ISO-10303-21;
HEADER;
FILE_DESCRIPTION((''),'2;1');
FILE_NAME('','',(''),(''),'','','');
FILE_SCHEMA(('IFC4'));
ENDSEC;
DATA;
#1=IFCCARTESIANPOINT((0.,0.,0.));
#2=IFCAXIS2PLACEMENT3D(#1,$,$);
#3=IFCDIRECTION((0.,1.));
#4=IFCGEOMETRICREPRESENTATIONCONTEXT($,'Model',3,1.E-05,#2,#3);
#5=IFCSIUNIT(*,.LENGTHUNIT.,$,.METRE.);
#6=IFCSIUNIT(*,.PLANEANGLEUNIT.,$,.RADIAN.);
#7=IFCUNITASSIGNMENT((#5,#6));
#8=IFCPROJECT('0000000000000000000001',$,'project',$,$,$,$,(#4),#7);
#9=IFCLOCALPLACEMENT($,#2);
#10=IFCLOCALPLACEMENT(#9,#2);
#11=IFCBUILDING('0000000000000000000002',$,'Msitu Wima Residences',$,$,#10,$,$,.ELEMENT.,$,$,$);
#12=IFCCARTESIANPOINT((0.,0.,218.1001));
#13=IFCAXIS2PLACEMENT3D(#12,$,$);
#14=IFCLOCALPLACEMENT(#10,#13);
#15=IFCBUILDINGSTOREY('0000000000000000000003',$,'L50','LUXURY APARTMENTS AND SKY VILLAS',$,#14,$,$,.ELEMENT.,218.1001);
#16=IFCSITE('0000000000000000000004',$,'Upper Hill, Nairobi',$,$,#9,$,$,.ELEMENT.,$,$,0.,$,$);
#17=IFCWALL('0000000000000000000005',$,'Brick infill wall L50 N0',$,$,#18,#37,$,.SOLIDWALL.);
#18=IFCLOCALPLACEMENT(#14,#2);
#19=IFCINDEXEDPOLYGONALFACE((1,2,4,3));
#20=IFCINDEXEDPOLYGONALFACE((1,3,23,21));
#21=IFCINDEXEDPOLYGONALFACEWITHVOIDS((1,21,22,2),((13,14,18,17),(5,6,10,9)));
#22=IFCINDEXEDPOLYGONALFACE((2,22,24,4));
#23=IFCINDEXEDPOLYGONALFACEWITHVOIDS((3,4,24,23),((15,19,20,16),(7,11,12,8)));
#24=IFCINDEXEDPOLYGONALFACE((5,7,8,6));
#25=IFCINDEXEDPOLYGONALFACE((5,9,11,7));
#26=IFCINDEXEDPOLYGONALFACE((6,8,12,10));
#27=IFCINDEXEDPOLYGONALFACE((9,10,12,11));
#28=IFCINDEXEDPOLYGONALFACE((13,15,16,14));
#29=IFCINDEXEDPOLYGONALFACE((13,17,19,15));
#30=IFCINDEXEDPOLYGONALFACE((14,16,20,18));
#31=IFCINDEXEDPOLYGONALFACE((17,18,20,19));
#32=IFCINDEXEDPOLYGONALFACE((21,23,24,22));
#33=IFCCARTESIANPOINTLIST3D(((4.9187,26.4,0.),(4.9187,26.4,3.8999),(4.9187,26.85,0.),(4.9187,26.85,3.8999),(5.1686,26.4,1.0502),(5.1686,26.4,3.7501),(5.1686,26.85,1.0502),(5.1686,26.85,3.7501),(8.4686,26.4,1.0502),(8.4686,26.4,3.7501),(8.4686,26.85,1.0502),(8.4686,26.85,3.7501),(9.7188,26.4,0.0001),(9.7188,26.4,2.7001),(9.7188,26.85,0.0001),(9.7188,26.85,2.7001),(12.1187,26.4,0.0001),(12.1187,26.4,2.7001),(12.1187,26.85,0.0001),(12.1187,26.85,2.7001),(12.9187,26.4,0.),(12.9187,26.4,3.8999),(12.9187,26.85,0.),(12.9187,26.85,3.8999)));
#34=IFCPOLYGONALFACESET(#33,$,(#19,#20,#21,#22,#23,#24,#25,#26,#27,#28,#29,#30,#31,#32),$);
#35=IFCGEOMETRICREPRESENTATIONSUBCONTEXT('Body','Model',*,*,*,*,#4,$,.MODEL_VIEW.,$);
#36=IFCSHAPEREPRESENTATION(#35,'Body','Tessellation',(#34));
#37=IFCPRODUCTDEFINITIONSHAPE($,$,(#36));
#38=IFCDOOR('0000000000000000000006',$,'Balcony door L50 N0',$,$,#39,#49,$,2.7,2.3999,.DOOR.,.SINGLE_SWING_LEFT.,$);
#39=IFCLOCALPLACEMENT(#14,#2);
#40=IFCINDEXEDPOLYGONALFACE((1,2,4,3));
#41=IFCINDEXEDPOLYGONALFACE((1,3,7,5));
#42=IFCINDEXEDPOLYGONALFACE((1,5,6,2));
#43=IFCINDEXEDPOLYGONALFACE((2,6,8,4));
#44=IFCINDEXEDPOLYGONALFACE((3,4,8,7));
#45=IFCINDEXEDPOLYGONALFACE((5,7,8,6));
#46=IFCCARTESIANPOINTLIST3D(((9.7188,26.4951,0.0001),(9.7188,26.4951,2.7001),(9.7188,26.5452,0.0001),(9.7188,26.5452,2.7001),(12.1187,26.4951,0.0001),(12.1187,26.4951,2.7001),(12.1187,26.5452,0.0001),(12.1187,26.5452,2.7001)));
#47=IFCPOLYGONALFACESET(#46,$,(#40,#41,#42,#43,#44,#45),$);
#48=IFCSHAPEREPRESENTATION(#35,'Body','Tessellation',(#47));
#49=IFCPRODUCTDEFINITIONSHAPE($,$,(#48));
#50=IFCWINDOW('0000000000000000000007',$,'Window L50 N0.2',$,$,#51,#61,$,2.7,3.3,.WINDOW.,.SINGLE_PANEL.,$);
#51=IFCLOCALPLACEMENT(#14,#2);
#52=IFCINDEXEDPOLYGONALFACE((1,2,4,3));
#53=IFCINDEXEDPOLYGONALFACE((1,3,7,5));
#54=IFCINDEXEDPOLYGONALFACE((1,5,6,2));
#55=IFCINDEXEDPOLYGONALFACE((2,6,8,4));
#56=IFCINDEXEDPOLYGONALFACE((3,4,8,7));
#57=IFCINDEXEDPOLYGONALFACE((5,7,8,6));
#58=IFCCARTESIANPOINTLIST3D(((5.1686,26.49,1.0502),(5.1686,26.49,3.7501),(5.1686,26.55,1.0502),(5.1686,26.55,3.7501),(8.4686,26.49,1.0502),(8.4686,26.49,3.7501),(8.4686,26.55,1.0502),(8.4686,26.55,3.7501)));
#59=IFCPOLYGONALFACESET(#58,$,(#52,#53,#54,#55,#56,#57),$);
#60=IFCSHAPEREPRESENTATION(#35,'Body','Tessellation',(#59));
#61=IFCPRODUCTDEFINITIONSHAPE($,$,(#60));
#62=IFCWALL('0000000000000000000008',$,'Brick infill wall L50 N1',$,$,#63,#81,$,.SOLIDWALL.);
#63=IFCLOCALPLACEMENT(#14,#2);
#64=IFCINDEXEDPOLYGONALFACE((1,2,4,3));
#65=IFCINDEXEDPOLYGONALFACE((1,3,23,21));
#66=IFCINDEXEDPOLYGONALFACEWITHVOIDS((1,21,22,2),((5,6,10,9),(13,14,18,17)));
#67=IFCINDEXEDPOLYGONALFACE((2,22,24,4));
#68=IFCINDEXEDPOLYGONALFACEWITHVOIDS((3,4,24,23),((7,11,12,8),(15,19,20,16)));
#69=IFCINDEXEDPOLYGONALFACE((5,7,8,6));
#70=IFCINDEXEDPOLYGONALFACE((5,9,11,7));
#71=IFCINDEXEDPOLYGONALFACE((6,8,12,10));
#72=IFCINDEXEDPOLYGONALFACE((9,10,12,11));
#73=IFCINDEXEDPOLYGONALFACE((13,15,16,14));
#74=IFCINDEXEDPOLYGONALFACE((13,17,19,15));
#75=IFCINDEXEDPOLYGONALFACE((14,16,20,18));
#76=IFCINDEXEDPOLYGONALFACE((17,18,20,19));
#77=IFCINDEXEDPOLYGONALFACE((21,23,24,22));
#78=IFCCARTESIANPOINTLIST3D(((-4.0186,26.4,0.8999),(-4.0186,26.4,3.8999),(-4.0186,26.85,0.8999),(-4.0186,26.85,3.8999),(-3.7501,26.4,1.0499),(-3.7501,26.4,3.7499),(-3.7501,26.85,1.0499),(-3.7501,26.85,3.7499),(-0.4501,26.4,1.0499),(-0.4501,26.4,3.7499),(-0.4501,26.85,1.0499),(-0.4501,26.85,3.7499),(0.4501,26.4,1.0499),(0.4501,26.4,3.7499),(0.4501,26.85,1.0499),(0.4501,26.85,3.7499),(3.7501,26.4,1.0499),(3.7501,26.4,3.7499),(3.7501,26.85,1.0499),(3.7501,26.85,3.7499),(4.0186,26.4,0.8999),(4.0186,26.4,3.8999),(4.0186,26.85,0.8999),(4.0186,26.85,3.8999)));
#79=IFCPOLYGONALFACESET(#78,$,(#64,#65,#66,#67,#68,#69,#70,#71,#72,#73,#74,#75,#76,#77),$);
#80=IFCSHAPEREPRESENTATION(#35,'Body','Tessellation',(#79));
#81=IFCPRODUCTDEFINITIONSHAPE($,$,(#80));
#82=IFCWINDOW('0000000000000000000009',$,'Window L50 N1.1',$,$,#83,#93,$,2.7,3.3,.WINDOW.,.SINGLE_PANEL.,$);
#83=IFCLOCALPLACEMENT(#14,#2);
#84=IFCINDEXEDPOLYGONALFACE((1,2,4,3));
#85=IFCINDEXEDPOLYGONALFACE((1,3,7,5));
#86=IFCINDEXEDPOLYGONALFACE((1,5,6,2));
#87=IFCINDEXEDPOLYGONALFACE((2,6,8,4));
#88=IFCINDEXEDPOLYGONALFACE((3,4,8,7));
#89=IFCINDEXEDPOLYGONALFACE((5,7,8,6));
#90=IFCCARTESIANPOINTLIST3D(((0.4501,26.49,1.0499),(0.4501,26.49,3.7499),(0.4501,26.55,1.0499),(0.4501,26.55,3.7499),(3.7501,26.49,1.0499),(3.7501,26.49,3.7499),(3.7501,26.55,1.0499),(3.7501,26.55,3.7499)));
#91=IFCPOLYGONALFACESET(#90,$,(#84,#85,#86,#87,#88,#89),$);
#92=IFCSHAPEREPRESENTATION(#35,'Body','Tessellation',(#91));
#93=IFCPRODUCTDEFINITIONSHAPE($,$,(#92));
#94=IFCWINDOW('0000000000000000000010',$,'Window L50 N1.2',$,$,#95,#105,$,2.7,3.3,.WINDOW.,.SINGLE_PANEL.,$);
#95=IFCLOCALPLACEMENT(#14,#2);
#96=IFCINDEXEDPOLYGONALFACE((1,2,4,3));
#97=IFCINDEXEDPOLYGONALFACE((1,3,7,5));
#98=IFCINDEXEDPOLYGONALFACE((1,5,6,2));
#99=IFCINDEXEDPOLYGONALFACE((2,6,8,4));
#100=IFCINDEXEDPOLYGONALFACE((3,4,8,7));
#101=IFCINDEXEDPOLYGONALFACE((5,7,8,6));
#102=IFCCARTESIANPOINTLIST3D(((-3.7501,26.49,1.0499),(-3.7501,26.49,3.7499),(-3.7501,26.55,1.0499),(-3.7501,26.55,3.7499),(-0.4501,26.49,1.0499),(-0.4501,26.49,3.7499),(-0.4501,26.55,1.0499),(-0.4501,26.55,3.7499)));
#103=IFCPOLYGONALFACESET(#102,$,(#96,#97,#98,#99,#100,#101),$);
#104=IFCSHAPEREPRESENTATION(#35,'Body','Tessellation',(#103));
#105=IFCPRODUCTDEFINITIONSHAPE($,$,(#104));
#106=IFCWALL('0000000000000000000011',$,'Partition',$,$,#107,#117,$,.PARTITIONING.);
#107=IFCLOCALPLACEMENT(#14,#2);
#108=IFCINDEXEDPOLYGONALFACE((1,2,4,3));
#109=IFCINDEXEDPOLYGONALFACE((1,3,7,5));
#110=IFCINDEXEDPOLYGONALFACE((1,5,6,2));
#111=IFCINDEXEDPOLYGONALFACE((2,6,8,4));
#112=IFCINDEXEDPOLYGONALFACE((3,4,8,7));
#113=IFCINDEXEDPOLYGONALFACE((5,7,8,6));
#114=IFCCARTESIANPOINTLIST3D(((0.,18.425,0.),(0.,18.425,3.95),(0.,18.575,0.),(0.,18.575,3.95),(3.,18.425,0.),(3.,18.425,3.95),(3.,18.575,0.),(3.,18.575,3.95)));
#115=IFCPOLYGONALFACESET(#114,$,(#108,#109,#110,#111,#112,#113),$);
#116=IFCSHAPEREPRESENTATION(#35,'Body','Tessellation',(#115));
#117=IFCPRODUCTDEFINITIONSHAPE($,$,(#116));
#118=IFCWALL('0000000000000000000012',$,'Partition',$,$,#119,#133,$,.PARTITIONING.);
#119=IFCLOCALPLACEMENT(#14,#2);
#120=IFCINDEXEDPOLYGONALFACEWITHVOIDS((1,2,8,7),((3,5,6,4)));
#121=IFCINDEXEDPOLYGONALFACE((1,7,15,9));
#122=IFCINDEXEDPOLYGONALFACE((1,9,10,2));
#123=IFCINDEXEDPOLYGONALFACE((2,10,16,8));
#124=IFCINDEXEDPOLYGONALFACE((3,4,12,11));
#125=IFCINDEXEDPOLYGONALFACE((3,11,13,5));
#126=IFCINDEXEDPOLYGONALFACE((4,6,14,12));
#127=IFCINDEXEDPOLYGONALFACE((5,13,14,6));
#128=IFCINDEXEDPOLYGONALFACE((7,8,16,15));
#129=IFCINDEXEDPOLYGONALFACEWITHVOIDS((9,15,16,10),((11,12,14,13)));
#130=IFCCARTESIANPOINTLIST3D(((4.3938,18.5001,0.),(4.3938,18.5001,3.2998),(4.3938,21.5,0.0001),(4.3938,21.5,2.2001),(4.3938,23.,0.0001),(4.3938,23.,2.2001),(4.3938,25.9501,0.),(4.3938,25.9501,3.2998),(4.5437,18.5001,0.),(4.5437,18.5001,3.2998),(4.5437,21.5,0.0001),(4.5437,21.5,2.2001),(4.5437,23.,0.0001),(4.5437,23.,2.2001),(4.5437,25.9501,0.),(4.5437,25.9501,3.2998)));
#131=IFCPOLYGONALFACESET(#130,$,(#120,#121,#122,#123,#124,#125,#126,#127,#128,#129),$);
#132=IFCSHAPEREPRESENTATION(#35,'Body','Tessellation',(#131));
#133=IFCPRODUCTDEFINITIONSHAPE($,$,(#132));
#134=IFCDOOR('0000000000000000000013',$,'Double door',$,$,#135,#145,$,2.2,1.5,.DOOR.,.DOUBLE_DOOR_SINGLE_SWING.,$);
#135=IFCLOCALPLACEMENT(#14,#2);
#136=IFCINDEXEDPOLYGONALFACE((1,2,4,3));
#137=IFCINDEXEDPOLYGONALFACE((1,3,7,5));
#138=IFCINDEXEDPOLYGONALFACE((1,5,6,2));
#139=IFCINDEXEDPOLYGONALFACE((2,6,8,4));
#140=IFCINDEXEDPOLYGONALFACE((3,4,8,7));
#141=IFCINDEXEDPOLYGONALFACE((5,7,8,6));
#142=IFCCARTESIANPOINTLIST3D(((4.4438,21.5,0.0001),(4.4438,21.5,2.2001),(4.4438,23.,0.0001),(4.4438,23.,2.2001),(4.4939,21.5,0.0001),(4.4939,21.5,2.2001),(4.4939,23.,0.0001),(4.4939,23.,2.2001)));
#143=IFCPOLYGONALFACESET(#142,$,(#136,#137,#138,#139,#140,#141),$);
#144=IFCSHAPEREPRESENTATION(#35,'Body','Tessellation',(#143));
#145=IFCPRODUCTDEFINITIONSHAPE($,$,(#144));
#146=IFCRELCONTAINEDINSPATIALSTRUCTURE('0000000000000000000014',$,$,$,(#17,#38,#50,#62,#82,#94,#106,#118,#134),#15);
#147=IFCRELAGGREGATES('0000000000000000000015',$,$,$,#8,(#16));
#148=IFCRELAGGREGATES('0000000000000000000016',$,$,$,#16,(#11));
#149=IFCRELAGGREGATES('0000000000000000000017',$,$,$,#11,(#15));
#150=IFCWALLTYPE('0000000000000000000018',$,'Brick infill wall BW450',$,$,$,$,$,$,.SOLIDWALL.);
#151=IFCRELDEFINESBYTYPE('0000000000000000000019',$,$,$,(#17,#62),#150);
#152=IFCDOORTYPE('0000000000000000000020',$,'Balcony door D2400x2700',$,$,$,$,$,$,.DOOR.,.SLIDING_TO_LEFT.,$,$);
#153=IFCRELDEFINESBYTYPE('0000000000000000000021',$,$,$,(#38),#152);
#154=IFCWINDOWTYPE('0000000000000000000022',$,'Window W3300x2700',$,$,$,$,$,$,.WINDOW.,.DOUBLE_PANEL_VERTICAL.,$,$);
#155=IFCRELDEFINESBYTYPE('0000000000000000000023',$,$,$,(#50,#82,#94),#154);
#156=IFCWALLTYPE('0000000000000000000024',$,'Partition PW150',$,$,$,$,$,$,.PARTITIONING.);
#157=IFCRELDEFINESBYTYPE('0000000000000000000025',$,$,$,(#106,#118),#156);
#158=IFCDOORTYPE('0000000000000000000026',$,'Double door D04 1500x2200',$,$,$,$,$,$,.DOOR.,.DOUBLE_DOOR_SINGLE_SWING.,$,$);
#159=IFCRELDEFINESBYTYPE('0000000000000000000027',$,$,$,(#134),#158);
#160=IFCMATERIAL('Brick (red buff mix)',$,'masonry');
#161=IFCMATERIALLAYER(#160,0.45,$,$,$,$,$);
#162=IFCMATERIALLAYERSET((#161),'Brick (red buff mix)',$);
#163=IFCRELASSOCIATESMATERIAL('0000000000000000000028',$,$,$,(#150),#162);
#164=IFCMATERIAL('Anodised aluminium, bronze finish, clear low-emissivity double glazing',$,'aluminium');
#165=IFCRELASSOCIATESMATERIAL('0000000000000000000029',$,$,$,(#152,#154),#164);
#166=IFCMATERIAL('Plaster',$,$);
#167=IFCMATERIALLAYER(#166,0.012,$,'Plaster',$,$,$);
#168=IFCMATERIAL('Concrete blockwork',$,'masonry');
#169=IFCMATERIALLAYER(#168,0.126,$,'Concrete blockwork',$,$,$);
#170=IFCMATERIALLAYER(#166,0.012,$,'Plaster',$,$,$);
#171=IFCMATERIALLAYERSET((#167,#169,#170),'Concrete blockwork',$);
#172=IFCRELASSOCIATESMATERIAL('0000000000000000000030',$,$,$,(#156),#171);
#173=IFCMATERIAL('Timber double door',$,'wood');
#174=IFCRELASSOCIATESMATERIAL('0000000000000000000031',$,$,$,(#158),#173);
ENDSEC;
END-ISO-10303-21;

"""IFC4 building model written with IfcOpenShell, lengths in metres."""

from ifc_helpers import new_model, si_unit, direction, frame, frame_2d, origin, place, context, subcontext, project, spatial, rectangle, extrude, material, layer, layer_set, type_object, element, fill, save


model = new_model("IFC4")

# Units and contexts
model_context = context("Model", 3, precision=1e-05, world=origin(), true_north=direction((0.0, 1.0)))
body_context = subcontext(model_context, "Body", "Model", "MODEL_VIEW")
ifc_project = project(units=[si_unit("LENGTHUNIT", "METRE"), si_unit("PLANEANGLEUNIT", "RADIAN")], contexts=[model_context])

# Site, building, storey
site_placement = place(None, origin())
site = spatial("IfcSite", under=ifc_project, at=site_placement, Name="Upper Hill, Nairobi", CompositionType="ELEMENT", RefElevation=0.0)
building_placement = place(site_placement, origin())
building = spatial("IfcBuilding", under=site, at=building_placement, Name="Msitu Wima Residences", CompositionType="ELEMENT")
storey_placement = place(building_placement, frame((0.0, 0.0, 218.1001)))
storey = spatial("IfcBuildingStorey", under=building, at=storey_placement, Name="L50", Description="LUXURY APARTMENTS AND SKY VILLAS", CompositionType="ELEMENT", Elevation=218.1001)

# Wall, openings, door, window
ifc_material_1 = material(Name="Brick (red buff mix)", Category="masonry")
ifc_layer_1 = layer(ifc_material_1, 0.45)
ifc_layer_set_1 = layer_set([ifc_layer_1], Name="Brick (red buff mix)")
wall_type_1 = type_object("IfcWallType", Name="Brick infill wall BW450", PredefinedType="SOLIDWALL", material=ifc_layer_set_1)
wall_1_placement = place(storey_placement, frame((12.9187, 26.625, 0.0), z_axis=(0.0, 0.0, 1.0), x_axis=(-1.0, 0.0, 0.0)))
wall_1 = element("IfcWall", 1, at=wall_1_placement, inside=storey, type_object=wall_type_1, Name="Brick infill wall L50 N0", PredefinedType="SOLIDWALL", context=body_context, shape_type="SweptSolid", body=[
    extrude(rectangle(XDim=8.0, YDim=0.45, at=frame_2d((4.0, 0.0))), origin(), (0.0, 0.0, 1.0), 3.8999),
])
opening_1_placement = place(wall_1_placement, frame((0.8, 0.0, 0.0)))
opening_1 = element("IfcOpeningElement", 2, at=opening_1_placement, cuts=wall_1, PredefinedType="OPENING", context=body_context, shape_type="SweptSolid", body=[
    extrude(rectangle(XDim=2.3999, YDim=2.7, at=frame_2d((1.2, 1.3501))), frame((0.0, 0.2349, 0.0), z_axis=(0.0, -1.0, 0.0), x_axis=(1.0, 0.0, 0.0)), (0.0, 0.0, 1.0), 0.47),
])
opening_2_placement = place(wall_1_placement, frame((4.4502, 0.0, 1.05)))
opening_2 = element("IfcOpeningElement", 3, at=opening_2_placement, cuts=wall_1, PredefinedType="OPENING", context=body_context, shape_type="SweptSolid", body=[
    extrude(rectangle(XDim=3.3, YDim=2.7, at=frame_2d((1.6499, 1.3501))), frame((0.0, 0.2349, 0.0), z_axis=(0.0, -1.0, 0.0), x_axis=(1.0, 0.0, 0.0)), (0.0, 0.0, 1.0), 0.47),
])
ifc_material_2 = material(Name="Anodised aluminium, bronze finish, clear low-emissivity double glazing", Category="aluminium")
door_type_1 = type_object("IfcDoorType", Name="Balcony door D2400x2700", OperationType="SLIDING_TO_LEFT", PredefinedType="DOOR", material=ifc_material_2)
door_1_placement = place(opening_1_placement, origin())
door_1 = element("IfcDoor", 4, at=door_1_placement, inside=storey, type_object=door_type_1, Name="Balcony door L50 N0", OperationType="SINGLE_SWING_LEFT", OverallHeight=2.7, OverallWidth=2.3999, PredefinedType="DOOR", context=body_context, shape_type="SweptSolid", body=[
    extrude(rectangle(XDim=2.3999, YDim=2.7, at=frame_2d((1.2, 1.3501))), frame((0.0, 0.1299, 0.0), z_axis=(0.0, -1.0, 0.0), x_axis=(1.0, 0.0, 0.0)), (0.0, 0.0, 1.0), 0.05),
])
fill(opening_1, door_1)
window_type = type_object("IfcWindowType", Name="Window W3300x2700", PartitioningType="DOUBLE_PANEL_VERTICAL", PredefinedType="WINDOW", material=ifc_material_2)
window_1_placement = place(opening_2_placement, origin())
window_1 = element("IfcWindow", 5, at=window_1_placement, inside=storey, type_object=window_type, Name="Window L50 N0.2", OverallHeight=2.7, OverallWidth=3.3, PartitioningType="SINGLE_PANEL", PredefinedType="WINDOW", context=body_context, shape_type="SweptSolid", body=[
    extrude(rectangle(XDim=3.3, YDim=2.7, at=frame_2d((1.6499, 1.3501))), frame((0.0, 0.135, 0.0), z_axis=(0.0, -1.0, 0.0), x_axis=(1.0, 0.0, 0.0)), (0.0, 0.0, 1.0), 0.0601),
])
fill(opening_2, window_1)

# Wall, openings, windows
wall_2_placement = place(storey_placement, frame((4.0186, 26.625, 0.8999), z_axis=(0.0, 0.0, 1.0), x_axis=(-1.0, 0.0, 0.0)))
wall_2 = element("IfcWall", 6, at=wall_2_placement, inside=storey, type_object=wall_type_1, Name="Brick infill wall L50 N1", PredefinedType="SOLIDWALL", context=body_context, shape_type="SweptSolid", body=[
    extrude(rectangle(XDim=8.0371, YDim=0.45, at=frame_2d((4.0186, 0.0))), origin(), (0.0, 0.0, 1.0), 3.0),
])
opening_3_placement = place(wall_2_placement, frame((0.2686, 0.0, 0.1499)))
opening_3 = element("IfcOpeningElement", 7, at=opening_3_placement, cuts=wall_2, PredefinedType="OPENING", context=body_context, shape_type="SweptSolid", body=[
    extrude(rectangle(XDim=3.3, YDim=2.7, at=frame_2d((1.6499, 1.3501))), frame((0.0, 0.2349, 0.0), z_axis=(0.0, -1.0, 0.0), x_axis=(1.0, 0.0, 0.0)), (0.0, 0.0, 1.0), 0.47),
])
opening_4_placement = place(wall_2_placement, frame((4.4688, 0.0, 0.1499)))
opening_4 = element("IfcOpeningElement", 8, at=opening_4_placement, cuts=wall_2, PredefinedType="OPENING", context=body_context, shape_type="SweptSolid", body=[
    extrude(rectangle(XDim=3.3, YDim=2.7, at=frame_2d((1.6499, 1.3501))), frame((0.0, 0.2349, 0.0), z_axis=(0.0, -1.0, 0.0), x_axis=(1.0, 0.0, 0.0)), (0.0, 0.0, 1.0), 0.47),
])
window_2_placement = place(opening_3_placement, origin())
window_2 = element("IfcWindow", 9, at=window_2_placement, inside=storey, type_object=window_type, Name="Window L50 N1.1", OverallHeight=2.7, OverallWidth=3.3, PartitioningType="SINGLE_PANEL", PredefinedType="WINDOW", context=body_context, shape_type="SweptSolid", body=[
    extrude(rectangle(XDim=3.3, YDim=2.7, at=frame_2d((1.6499, 1.3501))), frame((0.0, 0.135, 0.0), z_axis=(0.0, -1.0, 0.0), x_axis=(1.0, 0.0, 0.0)), (0.0, 0.0, 1.0), 0.0601),
])
fill(opening_3, window_2)
window_3_placement = place(opening_4_placement, origin())
window_3 = element("IfcWindow", 10, at=window_3_placement, inside=storey, type_object=window_type, Name="Window L50 N1.2", OverallHeight=2.7, OverallWidth=3.3, PartitioningType="SINGLE_PANEL", PredefinedType="WINDOW", context=body_context, shape_type="SweptSolid", body=[
    extrude(rectangle(XDim=3.3, YDim=2.7, at=frame_2d((1.6499, 1.3501))), frame((0.0, 0.135, 0.0), z_axis=(0.0, -1.0, 0.0), x_axis=(1.0, 0.0, 0.0)), (0.0, 0.0, 1.0), 0.0601),
])
fill(opening_4, window_3)

# Wall
ifc_material_3 = material(Name="Plaster")
ifc_layer_2 = layer(ifc_material_3, 0.012, Name="Plaster")
ifc_material_4 = material(Name="Concrete blockwork", Category="masonry")
ifc_layer_3 = layer(ifc_material_4, 0.126, Name="Concrete blockwork")
ifc_layer_4 = layer(ifc_material_3, 0.012, Name="Plaster")
ifc_layer_set_2 = layer_set([ifc_layer_2, ifc_layer_3, ifc_layer_4], Name="Concrete blockwork")
wall_type_2 = type_object("IfcWallType", Name="Partition PW150", PredefinedType="PARTITIONING", material=ifc_layer_set_2)
wall_3_placement = place(storey_placement, frame((0.0, 18.5, 0.0), z_axis=(0.0, 0.0, 1.0), x_axis=(1.0, 0.0, 0.0)))
element("IfcWall", 11, at=wall_3_placement, inside=storey, type_object=wall_type_2, Name="Partition", PredefinedType="PARTITIONING", context=body_context, shape_type="SweptSolid", body=[
    extrude(rectangle(XDim=3.0, YDim=0.1499, at=frame_2d((1.5, 0.0))), origin(), (0.0, 0.0, 1.0), 3.95),
])

# Wall, opening, door
wall_4_placement = place(storey_placement, frame((4.4688, 18.5, 0.0), z_axis=(0.0, 0.0, 1.0), x_axis=(0.0, 1.0, 0.0)))
wall_4 = element("IfcWall", 12, at=wall_4_placement, inside=storey, type_object=wall_type_2, Name="Partition", PredefinedType="PARTITIONING", context=body_context, shape_type="SweptSolid", body=[
    extrude(rectangle(XDim=7.45, YDim=0.1499, at=frame_2d((3.7251, 0.0))), origin(), (0.0, 0.0, 1.0), 3.2998),
])
opening_5_placement = place(wall_4_placement, frame((3.0, 0.0, 0.0)))
opening_5 = element("IfcOpeningElement", 13, at=opening_5_placement, cuts=wall_4, PredefinedType="OPENING", context=body_context, shape_type="SweptSolid", body=[
    extrude(rectangle(XDim=1.5, YDim=2.2, at=frame_2d((0.75, 1.1001))), frame((0.0, 0.085, 0.0), z_axis=(0.0, -1.0, 0.0), x_axis=(1.0, 0.0, 0.0)), (0.0, 0.0, 1.0), 0.1699),
])
ifc_material_5 = material(Name="Timber double door", Category="wood")
door_type_2 = type_object("IfcDoorType", Name="Double door D04 1500x2200", OperationType="DOUBLE_DOOR_SINGLE_SWING", PredefinedType="DOOR", material=ifc_material_5)
door_2_placement = place(opening_5_placement, origin())
door_2 = element("IfcDoor", 14, at=door_2_placement, inside=storey, type_object=door_type_2, Name="Double door", OperationType="DOUBLE_DOOR_SINGLE_SWING", OverallHeight=2.2, OverallWidth=1.5, PredefinedType="DOOR", context=body_context, shape_type="SweptSolid", body=[
    extrude(rectangle(XDim=1.5, YDim=2.2, at=frame_2d((0.75, 1.1001))), frame((0.0, 0.0249, 0.0), z_axis=(0.0, -1.0, 0.0), x_axis=(1.0, 0.0, 0.0)), (0.0, 0.0, 1.0), 0.05),
])
fill(opening_5, door_2)

save(model, "model.ifc")
